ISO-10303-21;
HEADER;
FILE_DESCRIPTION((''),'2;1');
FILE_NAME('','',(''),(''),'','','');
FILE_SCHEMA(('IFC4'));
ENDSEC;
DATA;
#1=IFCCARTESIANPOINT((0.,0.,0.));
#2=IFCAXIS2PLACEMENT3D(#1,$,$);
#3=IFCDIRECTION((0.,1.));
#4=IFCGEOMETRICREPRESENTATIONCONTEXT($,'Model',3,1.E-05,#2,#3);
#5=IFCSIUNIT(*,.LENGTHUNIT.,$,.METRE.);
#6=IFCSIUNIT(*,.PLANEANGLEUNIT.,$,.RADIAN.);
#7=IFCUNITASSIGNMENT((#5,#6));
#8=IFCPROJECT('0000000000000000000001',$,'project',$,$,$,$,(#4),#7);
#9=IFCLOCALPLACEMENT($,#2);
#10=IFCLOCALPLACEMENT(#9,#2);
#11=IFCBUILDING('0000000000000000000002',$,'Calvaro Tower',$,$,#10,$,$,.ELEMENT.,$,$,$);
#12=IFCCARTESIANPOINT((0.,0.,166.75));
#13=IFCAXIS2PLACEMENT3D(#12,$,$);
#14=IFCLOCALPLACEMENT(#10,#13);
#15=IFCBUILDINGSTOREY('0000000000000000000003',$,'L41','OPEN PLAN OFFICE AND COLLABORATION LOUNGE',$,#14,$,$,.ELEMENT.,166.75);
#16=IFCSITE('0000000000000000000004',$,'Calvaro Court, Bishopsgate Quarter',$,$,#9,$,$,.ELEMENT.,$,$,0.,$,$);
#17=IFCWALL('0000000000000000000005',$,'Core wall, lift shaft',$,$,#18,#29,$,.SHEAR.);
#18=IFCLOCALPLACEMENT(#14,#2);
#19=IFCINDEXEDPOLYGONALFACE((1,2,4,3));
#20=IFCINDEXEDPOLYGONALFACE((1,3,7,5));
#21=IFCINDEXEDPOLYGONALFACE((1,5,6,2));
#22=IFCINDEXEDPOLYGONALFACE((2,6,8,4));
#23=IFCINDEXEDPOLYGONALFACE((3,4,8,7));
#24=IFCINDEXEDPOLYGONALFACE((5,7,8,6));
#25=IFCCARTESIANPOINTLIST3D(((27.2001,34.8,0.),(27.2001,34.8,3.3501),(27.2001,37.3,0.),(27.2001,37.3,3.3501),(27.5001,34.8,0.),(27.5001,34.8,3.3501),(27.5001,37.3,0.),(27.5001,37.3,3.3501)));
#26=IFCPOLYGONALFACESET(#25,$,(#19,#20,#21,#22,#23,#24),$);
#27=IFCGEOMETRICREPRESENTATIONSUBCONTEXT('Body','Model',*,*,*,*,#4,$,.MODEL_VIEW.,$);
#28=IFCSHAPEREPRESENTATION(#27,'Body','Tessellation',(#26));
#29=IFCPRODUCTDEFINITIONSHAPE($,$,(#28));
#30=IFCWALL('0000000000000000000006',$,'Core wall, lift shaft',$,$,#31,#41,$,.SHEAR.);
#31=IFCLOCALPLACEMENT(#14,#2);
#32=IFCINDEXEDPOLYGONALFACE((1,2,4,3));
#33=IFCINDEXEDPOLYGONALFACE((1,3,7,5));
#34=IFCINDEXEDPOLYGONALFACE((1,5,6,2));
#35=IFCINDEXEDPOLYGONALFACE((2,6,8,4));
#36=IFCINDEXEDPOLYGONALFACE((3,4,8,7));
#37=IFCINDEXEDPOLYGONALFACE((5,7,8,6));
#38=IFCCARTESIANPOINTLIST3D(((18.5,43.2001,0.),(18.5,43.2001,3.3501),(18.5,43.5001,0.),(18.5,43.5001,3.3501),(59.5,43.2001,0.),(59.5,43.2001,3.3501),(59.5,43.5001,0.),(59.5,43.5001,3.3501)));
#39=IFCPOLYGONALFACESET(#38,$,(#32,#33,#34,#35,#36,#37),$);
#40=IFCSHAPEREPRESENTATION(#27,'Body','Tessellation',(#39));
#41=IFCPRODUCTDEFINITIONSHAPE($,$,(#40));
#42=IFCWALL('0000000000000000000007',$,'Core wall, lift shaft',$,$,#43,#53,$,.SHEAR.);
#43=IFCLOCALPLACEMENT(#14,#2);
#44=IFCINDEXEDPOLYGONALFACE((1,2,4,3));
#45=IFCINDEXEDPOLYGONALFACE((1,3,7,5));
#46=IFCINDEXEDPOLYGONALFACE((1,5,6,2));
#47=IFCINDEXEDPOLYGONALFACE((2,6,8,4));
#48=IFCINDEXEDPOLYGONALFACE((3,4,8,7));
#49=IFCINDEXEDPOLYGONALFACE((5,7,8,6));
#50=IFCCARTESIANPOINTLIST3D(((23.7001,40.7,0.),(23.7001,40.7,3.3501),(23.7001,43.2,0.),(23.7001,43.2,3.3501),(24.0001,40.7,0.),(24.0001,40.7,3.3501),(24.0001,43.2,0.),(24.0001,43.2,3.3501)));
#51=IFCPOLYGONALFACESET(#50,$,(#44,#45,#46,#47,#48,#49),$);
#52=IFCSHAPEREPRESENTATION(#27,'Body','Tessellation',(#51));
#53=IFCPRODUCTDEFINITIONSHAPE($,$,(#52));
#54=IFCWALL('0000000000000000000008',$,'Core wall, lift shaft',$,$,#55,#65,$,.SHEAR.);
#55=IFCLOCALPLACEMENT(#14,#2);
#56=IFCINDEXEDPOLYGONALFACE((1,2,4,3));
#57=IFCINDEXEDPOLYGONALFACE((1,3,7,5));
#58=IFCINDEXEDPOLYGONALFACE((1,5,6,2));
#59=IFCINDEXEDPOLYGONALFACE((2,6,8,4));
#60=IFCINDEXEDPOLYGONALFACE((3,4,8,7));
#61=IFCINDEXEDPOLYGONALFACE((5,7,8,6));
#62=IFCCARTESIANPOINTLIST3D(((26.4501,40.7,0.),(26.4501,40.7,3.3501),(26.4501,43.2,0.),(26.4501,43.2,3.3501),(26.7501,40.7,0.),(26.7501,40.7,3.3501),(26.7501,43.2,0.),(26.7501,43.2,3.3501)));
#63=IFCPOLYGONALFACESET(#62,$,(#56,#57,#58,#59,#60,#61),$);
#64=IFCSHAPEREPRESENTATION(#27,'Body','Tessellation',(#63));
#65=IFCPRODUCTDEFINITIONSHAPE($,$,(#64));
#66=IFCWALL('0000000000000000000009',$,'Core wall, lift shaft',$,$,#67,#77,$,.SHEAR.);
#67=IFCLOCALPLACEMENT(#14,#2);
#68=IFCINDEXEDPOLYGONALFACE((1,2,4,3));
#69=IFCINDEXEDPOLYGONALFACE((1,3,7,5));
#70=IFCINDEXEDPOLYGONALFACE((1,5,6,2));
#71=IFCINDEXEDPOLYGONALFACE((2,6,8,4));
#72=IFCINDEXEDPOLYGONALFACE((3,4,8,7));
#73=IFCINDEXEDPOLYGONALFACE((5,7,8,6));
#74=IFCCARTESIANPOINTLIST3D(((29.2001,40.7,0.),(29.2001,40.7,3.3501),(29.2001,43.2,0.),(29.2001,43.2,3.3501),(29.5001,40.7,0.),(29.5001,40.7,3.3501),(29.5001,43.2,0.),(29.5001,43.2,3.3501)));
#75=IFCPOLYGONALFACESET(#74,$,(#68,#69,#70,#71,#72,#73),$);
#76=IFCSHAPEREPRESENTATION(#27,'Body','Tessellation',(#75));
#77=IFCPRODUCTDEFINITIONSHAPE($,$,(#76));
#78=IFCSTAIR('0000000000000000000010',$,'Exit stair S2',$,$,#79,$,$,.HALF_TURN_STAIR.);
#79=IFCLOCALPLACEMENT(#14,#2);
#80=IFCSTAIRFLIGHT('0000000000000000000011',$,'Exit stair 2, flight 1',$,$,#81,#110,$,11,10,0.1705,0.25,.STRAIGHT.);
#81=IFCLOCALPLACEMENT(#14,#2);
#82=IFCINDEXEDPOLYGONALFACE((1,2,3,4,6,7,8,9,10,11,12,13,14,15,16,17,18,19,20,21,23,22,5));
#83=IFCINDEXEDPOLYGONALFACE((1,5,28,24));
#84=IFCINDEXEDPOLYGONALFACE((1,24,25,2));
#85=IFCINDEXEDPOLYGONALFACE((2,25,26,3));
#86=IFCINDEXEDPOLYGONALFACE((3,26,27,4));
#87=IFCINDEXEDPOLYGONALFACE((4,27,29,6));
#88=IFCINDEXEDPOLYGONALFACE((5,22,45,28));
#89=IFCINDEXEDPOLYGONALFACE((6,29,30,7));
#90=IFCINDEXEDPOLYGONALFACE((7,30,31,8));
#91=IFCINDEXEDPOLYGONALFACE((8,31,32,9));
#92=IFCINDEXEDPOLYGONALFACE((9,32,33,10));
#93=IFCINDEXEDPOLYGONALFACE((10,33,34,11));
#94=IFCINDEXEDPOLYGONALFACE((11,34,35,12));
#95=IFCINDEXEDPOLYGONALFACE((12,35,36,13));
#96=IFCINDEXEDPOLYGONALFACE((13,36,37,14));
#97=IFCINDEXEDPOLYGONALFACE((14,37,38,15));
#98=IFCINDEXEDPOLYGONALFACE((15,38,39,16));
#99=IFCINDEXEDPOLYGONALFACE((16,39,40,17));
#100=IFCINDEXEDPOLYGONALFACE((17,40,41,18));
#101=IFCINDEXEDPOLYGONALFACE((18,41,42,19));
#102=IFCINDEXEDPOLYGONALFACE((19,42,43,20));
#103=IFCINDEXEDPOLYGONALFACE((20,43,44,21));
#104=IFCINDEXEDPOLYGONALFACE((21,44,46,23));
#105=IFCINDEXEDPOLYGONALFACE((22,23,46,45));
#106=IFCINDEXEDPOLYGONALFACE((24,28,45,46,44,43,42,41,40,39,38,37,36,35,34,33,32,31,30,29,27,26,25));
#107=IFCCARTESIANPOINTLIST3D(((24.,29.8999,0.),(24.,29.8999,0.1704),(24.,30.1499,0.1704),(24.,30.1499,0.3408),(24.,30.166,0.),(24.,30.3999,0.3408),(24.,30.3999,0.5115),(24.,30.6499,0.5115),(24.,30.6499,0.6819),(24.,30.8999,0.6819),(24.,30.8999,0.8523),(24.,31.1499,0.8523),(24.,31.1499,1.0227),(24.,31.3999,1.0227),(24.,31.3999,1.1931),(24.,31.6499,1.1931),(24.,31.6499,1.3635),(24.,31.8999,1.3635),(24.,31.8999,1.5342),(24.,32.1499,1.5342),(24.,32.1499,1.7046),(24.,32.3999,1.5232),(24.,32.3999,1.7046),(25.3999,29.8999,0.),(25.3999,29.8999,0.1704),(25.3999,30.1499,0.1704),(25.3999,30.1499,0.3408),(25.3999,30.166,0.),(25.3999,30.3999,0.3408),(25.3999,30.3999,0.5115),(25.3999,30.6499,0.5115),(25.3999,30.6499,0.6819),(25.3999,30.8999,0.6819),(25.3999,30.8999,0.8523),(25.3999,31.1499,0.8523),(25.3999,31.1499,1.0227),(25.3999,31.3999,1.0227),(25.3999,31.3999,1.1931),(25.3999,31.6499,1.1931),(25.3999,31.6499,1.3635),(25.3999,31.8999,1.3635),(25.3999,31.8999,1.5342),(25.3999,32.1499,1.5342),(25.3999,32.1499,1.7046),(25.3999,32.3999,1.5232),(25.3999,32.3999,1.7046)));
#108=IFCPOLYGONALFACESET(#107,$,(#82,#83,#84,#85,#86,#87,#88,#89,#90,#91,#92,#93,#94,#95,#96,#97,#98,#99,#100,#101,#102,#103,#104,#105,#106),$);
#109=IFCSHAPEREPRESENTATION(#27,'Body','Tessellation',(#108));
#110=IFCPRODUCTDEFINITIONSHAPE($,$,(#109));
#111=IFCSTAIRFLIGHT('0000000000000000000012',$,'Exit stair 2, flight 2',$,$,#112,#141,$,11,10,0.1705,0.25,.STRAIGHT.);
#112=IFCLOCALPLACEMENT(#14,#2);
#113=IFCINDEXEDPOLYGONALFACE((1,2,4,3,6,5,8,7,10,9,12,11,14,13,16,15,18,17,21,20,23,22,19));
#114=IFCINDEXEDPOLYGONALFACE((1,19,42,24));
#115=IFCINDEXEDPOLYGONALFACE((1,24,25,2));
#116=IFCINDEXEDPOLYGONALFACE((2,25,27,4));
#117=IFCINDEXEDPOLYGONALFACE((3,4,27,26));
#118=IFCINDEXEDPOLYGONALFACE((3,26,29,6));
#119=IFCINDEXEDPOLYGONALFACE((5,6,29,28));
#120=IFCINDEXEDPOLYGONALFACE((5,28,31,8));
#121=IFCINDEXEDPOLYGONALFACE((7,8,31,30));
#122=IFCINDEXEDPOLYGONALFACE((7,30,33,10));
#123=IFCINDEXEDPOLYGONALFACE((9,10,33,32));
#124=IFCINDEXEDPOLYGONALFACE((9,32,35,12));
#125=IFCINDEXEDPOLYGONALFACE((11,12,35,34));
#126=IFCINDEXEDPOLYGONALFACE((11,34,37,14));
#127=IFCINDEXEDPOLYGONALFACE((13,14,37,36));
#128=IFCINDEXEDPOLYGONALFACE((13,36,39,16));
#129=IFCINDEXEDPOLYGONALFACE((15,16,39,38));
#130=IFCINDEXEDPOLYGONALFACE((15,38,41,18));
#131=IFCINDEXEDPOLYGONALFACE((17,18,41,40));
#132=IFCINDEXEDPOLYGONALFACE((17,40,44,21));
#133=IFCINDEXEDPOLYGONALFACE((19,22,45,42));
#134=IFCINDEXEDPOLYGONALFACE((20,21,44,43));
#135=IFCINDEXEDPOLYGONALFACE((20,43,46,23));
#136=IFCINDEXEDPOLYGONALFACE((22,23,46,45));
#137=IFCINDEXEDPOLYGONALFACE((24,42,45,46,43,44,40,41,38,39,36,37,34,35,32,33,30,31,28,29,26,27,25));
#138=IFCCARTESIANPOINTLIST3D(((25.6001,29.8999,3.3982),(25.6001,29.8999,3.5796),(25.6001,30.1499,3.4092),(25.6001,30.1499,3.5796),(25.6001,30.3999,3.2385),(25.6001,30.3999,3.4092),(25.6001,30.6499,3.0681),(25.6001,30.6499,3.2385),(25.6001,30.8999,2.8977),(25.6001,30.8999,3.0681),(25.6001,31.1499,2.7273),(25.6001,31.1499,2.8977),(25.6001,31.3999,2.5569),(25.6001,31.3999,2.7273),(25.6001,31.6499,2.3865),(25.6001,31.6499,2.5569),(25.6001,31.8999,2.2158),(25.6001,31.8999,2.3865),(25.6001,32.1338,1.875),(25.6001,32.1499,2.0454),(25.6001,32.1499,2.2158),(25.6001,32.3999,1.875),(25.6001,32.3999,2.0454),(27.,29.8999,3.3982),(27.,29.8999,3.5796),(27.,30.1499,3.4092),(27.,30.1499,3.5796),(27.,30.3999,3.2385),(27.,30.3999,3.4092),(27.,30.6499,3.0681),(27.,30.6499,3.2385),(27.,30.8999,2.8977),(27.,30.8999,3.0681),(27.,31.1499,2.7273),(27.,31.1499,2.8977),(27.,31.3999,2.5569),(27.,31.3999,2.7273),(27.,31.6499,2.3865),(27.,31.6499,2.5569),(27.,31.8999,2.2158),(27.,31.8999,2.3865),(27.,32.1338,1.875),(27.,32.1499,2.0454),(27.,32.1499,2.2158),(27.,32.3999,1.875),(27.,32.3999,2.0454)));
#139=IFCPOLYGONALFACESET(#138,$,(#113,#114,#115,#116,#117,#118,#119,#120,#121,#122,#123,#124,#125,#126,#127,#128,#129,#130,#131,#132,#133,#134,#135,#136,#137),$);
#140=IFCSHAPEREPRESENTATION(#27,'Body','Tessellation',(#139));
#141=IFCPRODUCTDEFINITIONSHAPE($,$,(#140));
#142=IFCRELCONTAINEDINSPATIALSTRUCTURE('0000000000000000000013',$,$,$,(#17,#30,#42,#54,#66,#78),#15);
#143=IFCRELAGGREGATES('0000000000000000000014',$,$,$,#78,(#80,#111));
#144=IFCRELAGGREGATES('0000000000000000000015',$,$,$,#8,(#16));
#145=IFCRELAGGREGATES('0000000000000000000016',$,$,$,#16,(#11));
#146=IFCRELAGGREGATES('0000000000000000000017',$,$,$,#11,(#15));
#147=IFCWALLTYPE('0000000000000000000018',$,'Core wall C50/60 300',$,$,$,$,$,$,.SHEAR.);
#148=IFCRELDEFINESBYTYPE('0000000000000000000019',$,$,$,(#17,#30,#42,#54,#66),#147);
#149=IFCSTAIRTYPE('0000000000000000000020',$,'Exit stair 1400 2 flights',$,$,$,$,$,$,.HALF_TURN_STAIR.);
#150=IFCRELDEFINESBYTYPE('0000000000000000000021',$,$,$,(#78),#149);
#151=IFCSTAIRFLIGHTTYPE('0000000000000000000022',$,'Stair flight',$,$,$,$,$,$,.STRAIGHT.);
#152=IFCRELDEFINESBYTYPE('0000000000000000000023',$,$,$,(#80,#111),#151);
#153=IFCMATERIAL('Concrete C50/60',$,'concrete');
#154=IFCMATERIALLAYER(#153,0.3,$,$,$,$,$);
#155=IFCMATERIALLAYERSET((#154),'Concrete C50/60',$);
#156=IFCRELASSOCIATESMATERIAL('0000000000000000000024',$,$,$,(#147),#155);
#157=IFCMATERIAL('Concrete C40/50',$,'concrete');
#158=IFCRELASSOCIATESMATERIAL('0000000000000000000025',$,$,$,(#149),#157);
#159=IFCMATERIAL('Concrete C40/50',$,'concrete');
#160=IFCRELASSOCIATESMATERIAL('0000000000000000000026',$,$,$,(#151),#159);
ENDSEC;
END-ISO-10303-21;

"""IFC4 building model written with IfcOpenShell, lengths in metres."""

from ifc_helpers import new_model, si_unit, direction, frame, frame_2d, origin, place, context, subcontext, project, spatial, polyline, rectangle, outline, extrude, material, layer, layer_set, type_object, element, aggregate, save


model = new_model("IFC4")

# Units and contexts
model_context = context("Model", 3, precision=1e-05, world=origin(), true_north=direction((0.0, 1.0)))
body_context = subcontext(model_context, "Body", "Model", "MODEL_VIEW")
ifc_project = project(units=[si_unit("LENGTHUNIT", "METRE"), si_unit("PLANEANGLEUNIT", "RADIAN")], contexts=[model_context])

# Site, building, storey
site_placement = place(None, origin())
site = spatial("IfcSite", under=ifc_project, at=site_placement, Name="Calvaro Court, Bishopsgate Quarter", CompositionType="ELEMENT", RefElevation=0.0)
building_placement = place(site_placement, origin())
building = spatial("IfcBuilding", under=site, at=building_placement, Name="Calvaro Tower", CompositionType="ELEMENT")
storey_placement = place(building_placement, frame((0.0, 0.0, 166.75)))
storey = spatial("IfcBuildingStorey", under=building, at=storey_placement, Name="L41", Description="OPEN PLAN OFFICE AND COLLABORATION LOUNGE", CompositionType="ELEMENT", Elevation=166.75)

# Wall
ifc_material_1 = material(Name="Concrete C50/60", Category="concrete")
ifc_layer = layer(ifc_material_1, 0.3)
ifc_layer_set = layer_set([ifc_layer], Name="Concrete C50/60")
wall_type = type_object("IfcWallType", Name="Core wall C50/60 300", PredefinedType="SHEAR", material=ifc_layer_set)
wall_1_placement = place(storey_placement, frame((27.3501, 34.8, 0.0), z_axis=(0.0, 0.0, 1.0), x_axis=(0.0, 1.0, 0.0)))
element("IfcWall", 1, at=wall_1_placement, inside=storey, type_object=wall_type, Name="Core wall, lift shaft", PredefinedType="SHEAR", context=body_context, shape_type="SweptSolid", body=[
    extrude(rectangle(XDim=2.5, YDim=0.3, at=frame_2d((1.25, 0.0))), origin(), (0.0, 0.0, 1.0), 3.3501),
])

# Walls
wall_2_placement = place(storey_placement, frame((18.5, 43.3501, 0.0), z_axis=(0.0, 0.0, 1.0), x_axis=(1.0, 0.0, 0.0)))
element("IfcWall", 2, at=wall_2_placement, inside=storey, type_object=wall_type, Name="Core wall, lift shaft", PredefinedType="SHEAR", context=body_context, shape_type="SweptSolid", body=[
    extrude(rectangle(XDim=41.0, YDim=0.3, at=frame_2d((20.5, 0.0))), origin(), (0.0, 0.0, 1.0), 3.3501),
])
for number, where, z_axis, x_axis, name in (
    (3, (23.8501, 40.7, 0.0), (0.0, 0.0, 1.0), (0.0, 1.0, 0.0), "Core wall, lift shaft"),
    (4, (26.6001, 40.7, 0.0), (0.0, 0.0, 1.0), (0.0, 1.0, 0.0), "Core wall, lift shaft"),
    (5, (29.3501, 40.7, 0.0), (0.0, 0.0, 1.0), (0.0, 1.0, 0.0), "Core wall, lift shaft"),
):
    element("IfcWall", number, at=place(storey_placement, frame(where, z_axis=z_axis, x_axis=x_axis)), inside=storey, type_object=wall_type, Name=name, PredefinedType="SHEAR", context=body_context, shape_type="SweptSolid", body=[
        extrude(rectangle(XDim=2.5, YDim=0.3, at=frame_2d((1.25, 0.0))), origin(), (0.0, 0.0, 1.0), 3.3501),
    ])

# Stair, stair flights
ifc_material_2 = material(Name="Concrete C40/50", Category="concrete")
stair_type = type_object("IfcStairType", Name="Exit stair 1400 2 flights", PredefinedType="HALF_TURN_STAIR", material=ifc_material_2)
stair_placement = place(storey_placement, origin())
stair = element("IfcStair", 6, at=stair_placement, inside=storey, type_object=stair_type, Name="Exit stair S2", PredefinedType="HALF_TURN_STAIR")
ifc_material_3 = material(Name="Concrete C40/50", Category="concrete")
stair_flight_type = type_object("IfcStairFlightType", Name="Stair flight", PredefinedType="STRAIGHT", material=ifc_material_3)
stair_flight_1_placement = place(storey_placement, frame((24.7, 29.8999, 0.0), z_axis=(0.0, 0.0, 1.0), x_axis=(0.0, 1.0, 0.0)))
stair_flight_1 = element("IfcStairFlight", 7, at=stair_flight_1_placement, type_object=stair_flight_type, Name="Exit stair 2, flight 1", NumberOfRisers=11, NumberOfTreads=10, PredefinedType="STRAIGHT", RiserHeight=0.1705, TreadLength=0.25, context=body_context, shape_type="SweptSolid", body=[
    extrude(outline(polyline([(0.0, 0.0), (0.0, 0.1704), (0.25, 0.1704), (0.25, 0.3408), (0.5, 0.3408), (0.5, 0.5115), (0.75, 0.5115), (0.75, 0.6819), (1.0, 0.6819), (1.0, 0.8523), (1.25, 0.8523), (1.25, 1.0227), (1.5, 1.0227), (1.5, 1.1931), (1.75, 1.1931), (1.75, 1.3635), (2.0, 1.3635), (2.0, 1.5342), (2.25, 1.5342), (2.25, 1.7046), (2.5, 1.7046), (2.5, 1.875), (2.5, 1.5232), (0.2661, 0.0), (0.0, 0.0)])), frame((0.0, 0.7, 0.0), z_axis=(0.0, -1.0, 0.0), x_axis=(1.0, 0.0, 0.0)), (0.0, 0.0, 1.0), 1.3999),
])
stair_flight_2_placement = place(storey_placement, frame((26.3, 32.3999, 1.875), z_axis=(0.0, 0.0, 1.0), x_axis=(0.0, -1.0, 0.0)))
stair_flight_2 = element("IfcStairFlight", 8, at=stair_flight_2_placement, type_object=stair_flight_type, Name="Exit stair 2, flight 2", NumberOfRisers=11, NumberOfTreads=10, PredefinedType="STRAIGHT", RiserHeight=0.1705, TreadLength=0.25, context=body_context, shape_type="SweptSolid", body=[
    extrude(outline(polyline([(0.0, 0.0), (0.0, 0.1704), (0.25, 0.1704), (0.25, 0.3408), (0.5, 0.3408), (0.5, 0.5115), (0.75, 0.5115), (0.75, 0.6819), (1.0, 0.6819), (1.0, 0.8523), (1.25, 0.8523), (1.25, 1.0227), (1.5, 1.0227), (1.5, 1.1931), (1.75, 1.1931), (1.75, 1.3635), (2.0, 1.3635), (2.0, 1.5342), (2.25, 1.5342), (2.25, 1.7046), (2.5, 1.7046), (2.5, 1.875), (2.5, 1.5232), (0.2661, 0.0), (0.0, 0.0)])), frame((0.0, 0.7, 0.0), z_axis=(0.0, -1.0, 0.0), x_axis=(1.0, 0.0, 0.0)), (0.0, 0.0, 1.0), 1.3999),
])
aggregate(stair, [stair_flight_1, stair_flight_2])

save(model, "model.ifc")
